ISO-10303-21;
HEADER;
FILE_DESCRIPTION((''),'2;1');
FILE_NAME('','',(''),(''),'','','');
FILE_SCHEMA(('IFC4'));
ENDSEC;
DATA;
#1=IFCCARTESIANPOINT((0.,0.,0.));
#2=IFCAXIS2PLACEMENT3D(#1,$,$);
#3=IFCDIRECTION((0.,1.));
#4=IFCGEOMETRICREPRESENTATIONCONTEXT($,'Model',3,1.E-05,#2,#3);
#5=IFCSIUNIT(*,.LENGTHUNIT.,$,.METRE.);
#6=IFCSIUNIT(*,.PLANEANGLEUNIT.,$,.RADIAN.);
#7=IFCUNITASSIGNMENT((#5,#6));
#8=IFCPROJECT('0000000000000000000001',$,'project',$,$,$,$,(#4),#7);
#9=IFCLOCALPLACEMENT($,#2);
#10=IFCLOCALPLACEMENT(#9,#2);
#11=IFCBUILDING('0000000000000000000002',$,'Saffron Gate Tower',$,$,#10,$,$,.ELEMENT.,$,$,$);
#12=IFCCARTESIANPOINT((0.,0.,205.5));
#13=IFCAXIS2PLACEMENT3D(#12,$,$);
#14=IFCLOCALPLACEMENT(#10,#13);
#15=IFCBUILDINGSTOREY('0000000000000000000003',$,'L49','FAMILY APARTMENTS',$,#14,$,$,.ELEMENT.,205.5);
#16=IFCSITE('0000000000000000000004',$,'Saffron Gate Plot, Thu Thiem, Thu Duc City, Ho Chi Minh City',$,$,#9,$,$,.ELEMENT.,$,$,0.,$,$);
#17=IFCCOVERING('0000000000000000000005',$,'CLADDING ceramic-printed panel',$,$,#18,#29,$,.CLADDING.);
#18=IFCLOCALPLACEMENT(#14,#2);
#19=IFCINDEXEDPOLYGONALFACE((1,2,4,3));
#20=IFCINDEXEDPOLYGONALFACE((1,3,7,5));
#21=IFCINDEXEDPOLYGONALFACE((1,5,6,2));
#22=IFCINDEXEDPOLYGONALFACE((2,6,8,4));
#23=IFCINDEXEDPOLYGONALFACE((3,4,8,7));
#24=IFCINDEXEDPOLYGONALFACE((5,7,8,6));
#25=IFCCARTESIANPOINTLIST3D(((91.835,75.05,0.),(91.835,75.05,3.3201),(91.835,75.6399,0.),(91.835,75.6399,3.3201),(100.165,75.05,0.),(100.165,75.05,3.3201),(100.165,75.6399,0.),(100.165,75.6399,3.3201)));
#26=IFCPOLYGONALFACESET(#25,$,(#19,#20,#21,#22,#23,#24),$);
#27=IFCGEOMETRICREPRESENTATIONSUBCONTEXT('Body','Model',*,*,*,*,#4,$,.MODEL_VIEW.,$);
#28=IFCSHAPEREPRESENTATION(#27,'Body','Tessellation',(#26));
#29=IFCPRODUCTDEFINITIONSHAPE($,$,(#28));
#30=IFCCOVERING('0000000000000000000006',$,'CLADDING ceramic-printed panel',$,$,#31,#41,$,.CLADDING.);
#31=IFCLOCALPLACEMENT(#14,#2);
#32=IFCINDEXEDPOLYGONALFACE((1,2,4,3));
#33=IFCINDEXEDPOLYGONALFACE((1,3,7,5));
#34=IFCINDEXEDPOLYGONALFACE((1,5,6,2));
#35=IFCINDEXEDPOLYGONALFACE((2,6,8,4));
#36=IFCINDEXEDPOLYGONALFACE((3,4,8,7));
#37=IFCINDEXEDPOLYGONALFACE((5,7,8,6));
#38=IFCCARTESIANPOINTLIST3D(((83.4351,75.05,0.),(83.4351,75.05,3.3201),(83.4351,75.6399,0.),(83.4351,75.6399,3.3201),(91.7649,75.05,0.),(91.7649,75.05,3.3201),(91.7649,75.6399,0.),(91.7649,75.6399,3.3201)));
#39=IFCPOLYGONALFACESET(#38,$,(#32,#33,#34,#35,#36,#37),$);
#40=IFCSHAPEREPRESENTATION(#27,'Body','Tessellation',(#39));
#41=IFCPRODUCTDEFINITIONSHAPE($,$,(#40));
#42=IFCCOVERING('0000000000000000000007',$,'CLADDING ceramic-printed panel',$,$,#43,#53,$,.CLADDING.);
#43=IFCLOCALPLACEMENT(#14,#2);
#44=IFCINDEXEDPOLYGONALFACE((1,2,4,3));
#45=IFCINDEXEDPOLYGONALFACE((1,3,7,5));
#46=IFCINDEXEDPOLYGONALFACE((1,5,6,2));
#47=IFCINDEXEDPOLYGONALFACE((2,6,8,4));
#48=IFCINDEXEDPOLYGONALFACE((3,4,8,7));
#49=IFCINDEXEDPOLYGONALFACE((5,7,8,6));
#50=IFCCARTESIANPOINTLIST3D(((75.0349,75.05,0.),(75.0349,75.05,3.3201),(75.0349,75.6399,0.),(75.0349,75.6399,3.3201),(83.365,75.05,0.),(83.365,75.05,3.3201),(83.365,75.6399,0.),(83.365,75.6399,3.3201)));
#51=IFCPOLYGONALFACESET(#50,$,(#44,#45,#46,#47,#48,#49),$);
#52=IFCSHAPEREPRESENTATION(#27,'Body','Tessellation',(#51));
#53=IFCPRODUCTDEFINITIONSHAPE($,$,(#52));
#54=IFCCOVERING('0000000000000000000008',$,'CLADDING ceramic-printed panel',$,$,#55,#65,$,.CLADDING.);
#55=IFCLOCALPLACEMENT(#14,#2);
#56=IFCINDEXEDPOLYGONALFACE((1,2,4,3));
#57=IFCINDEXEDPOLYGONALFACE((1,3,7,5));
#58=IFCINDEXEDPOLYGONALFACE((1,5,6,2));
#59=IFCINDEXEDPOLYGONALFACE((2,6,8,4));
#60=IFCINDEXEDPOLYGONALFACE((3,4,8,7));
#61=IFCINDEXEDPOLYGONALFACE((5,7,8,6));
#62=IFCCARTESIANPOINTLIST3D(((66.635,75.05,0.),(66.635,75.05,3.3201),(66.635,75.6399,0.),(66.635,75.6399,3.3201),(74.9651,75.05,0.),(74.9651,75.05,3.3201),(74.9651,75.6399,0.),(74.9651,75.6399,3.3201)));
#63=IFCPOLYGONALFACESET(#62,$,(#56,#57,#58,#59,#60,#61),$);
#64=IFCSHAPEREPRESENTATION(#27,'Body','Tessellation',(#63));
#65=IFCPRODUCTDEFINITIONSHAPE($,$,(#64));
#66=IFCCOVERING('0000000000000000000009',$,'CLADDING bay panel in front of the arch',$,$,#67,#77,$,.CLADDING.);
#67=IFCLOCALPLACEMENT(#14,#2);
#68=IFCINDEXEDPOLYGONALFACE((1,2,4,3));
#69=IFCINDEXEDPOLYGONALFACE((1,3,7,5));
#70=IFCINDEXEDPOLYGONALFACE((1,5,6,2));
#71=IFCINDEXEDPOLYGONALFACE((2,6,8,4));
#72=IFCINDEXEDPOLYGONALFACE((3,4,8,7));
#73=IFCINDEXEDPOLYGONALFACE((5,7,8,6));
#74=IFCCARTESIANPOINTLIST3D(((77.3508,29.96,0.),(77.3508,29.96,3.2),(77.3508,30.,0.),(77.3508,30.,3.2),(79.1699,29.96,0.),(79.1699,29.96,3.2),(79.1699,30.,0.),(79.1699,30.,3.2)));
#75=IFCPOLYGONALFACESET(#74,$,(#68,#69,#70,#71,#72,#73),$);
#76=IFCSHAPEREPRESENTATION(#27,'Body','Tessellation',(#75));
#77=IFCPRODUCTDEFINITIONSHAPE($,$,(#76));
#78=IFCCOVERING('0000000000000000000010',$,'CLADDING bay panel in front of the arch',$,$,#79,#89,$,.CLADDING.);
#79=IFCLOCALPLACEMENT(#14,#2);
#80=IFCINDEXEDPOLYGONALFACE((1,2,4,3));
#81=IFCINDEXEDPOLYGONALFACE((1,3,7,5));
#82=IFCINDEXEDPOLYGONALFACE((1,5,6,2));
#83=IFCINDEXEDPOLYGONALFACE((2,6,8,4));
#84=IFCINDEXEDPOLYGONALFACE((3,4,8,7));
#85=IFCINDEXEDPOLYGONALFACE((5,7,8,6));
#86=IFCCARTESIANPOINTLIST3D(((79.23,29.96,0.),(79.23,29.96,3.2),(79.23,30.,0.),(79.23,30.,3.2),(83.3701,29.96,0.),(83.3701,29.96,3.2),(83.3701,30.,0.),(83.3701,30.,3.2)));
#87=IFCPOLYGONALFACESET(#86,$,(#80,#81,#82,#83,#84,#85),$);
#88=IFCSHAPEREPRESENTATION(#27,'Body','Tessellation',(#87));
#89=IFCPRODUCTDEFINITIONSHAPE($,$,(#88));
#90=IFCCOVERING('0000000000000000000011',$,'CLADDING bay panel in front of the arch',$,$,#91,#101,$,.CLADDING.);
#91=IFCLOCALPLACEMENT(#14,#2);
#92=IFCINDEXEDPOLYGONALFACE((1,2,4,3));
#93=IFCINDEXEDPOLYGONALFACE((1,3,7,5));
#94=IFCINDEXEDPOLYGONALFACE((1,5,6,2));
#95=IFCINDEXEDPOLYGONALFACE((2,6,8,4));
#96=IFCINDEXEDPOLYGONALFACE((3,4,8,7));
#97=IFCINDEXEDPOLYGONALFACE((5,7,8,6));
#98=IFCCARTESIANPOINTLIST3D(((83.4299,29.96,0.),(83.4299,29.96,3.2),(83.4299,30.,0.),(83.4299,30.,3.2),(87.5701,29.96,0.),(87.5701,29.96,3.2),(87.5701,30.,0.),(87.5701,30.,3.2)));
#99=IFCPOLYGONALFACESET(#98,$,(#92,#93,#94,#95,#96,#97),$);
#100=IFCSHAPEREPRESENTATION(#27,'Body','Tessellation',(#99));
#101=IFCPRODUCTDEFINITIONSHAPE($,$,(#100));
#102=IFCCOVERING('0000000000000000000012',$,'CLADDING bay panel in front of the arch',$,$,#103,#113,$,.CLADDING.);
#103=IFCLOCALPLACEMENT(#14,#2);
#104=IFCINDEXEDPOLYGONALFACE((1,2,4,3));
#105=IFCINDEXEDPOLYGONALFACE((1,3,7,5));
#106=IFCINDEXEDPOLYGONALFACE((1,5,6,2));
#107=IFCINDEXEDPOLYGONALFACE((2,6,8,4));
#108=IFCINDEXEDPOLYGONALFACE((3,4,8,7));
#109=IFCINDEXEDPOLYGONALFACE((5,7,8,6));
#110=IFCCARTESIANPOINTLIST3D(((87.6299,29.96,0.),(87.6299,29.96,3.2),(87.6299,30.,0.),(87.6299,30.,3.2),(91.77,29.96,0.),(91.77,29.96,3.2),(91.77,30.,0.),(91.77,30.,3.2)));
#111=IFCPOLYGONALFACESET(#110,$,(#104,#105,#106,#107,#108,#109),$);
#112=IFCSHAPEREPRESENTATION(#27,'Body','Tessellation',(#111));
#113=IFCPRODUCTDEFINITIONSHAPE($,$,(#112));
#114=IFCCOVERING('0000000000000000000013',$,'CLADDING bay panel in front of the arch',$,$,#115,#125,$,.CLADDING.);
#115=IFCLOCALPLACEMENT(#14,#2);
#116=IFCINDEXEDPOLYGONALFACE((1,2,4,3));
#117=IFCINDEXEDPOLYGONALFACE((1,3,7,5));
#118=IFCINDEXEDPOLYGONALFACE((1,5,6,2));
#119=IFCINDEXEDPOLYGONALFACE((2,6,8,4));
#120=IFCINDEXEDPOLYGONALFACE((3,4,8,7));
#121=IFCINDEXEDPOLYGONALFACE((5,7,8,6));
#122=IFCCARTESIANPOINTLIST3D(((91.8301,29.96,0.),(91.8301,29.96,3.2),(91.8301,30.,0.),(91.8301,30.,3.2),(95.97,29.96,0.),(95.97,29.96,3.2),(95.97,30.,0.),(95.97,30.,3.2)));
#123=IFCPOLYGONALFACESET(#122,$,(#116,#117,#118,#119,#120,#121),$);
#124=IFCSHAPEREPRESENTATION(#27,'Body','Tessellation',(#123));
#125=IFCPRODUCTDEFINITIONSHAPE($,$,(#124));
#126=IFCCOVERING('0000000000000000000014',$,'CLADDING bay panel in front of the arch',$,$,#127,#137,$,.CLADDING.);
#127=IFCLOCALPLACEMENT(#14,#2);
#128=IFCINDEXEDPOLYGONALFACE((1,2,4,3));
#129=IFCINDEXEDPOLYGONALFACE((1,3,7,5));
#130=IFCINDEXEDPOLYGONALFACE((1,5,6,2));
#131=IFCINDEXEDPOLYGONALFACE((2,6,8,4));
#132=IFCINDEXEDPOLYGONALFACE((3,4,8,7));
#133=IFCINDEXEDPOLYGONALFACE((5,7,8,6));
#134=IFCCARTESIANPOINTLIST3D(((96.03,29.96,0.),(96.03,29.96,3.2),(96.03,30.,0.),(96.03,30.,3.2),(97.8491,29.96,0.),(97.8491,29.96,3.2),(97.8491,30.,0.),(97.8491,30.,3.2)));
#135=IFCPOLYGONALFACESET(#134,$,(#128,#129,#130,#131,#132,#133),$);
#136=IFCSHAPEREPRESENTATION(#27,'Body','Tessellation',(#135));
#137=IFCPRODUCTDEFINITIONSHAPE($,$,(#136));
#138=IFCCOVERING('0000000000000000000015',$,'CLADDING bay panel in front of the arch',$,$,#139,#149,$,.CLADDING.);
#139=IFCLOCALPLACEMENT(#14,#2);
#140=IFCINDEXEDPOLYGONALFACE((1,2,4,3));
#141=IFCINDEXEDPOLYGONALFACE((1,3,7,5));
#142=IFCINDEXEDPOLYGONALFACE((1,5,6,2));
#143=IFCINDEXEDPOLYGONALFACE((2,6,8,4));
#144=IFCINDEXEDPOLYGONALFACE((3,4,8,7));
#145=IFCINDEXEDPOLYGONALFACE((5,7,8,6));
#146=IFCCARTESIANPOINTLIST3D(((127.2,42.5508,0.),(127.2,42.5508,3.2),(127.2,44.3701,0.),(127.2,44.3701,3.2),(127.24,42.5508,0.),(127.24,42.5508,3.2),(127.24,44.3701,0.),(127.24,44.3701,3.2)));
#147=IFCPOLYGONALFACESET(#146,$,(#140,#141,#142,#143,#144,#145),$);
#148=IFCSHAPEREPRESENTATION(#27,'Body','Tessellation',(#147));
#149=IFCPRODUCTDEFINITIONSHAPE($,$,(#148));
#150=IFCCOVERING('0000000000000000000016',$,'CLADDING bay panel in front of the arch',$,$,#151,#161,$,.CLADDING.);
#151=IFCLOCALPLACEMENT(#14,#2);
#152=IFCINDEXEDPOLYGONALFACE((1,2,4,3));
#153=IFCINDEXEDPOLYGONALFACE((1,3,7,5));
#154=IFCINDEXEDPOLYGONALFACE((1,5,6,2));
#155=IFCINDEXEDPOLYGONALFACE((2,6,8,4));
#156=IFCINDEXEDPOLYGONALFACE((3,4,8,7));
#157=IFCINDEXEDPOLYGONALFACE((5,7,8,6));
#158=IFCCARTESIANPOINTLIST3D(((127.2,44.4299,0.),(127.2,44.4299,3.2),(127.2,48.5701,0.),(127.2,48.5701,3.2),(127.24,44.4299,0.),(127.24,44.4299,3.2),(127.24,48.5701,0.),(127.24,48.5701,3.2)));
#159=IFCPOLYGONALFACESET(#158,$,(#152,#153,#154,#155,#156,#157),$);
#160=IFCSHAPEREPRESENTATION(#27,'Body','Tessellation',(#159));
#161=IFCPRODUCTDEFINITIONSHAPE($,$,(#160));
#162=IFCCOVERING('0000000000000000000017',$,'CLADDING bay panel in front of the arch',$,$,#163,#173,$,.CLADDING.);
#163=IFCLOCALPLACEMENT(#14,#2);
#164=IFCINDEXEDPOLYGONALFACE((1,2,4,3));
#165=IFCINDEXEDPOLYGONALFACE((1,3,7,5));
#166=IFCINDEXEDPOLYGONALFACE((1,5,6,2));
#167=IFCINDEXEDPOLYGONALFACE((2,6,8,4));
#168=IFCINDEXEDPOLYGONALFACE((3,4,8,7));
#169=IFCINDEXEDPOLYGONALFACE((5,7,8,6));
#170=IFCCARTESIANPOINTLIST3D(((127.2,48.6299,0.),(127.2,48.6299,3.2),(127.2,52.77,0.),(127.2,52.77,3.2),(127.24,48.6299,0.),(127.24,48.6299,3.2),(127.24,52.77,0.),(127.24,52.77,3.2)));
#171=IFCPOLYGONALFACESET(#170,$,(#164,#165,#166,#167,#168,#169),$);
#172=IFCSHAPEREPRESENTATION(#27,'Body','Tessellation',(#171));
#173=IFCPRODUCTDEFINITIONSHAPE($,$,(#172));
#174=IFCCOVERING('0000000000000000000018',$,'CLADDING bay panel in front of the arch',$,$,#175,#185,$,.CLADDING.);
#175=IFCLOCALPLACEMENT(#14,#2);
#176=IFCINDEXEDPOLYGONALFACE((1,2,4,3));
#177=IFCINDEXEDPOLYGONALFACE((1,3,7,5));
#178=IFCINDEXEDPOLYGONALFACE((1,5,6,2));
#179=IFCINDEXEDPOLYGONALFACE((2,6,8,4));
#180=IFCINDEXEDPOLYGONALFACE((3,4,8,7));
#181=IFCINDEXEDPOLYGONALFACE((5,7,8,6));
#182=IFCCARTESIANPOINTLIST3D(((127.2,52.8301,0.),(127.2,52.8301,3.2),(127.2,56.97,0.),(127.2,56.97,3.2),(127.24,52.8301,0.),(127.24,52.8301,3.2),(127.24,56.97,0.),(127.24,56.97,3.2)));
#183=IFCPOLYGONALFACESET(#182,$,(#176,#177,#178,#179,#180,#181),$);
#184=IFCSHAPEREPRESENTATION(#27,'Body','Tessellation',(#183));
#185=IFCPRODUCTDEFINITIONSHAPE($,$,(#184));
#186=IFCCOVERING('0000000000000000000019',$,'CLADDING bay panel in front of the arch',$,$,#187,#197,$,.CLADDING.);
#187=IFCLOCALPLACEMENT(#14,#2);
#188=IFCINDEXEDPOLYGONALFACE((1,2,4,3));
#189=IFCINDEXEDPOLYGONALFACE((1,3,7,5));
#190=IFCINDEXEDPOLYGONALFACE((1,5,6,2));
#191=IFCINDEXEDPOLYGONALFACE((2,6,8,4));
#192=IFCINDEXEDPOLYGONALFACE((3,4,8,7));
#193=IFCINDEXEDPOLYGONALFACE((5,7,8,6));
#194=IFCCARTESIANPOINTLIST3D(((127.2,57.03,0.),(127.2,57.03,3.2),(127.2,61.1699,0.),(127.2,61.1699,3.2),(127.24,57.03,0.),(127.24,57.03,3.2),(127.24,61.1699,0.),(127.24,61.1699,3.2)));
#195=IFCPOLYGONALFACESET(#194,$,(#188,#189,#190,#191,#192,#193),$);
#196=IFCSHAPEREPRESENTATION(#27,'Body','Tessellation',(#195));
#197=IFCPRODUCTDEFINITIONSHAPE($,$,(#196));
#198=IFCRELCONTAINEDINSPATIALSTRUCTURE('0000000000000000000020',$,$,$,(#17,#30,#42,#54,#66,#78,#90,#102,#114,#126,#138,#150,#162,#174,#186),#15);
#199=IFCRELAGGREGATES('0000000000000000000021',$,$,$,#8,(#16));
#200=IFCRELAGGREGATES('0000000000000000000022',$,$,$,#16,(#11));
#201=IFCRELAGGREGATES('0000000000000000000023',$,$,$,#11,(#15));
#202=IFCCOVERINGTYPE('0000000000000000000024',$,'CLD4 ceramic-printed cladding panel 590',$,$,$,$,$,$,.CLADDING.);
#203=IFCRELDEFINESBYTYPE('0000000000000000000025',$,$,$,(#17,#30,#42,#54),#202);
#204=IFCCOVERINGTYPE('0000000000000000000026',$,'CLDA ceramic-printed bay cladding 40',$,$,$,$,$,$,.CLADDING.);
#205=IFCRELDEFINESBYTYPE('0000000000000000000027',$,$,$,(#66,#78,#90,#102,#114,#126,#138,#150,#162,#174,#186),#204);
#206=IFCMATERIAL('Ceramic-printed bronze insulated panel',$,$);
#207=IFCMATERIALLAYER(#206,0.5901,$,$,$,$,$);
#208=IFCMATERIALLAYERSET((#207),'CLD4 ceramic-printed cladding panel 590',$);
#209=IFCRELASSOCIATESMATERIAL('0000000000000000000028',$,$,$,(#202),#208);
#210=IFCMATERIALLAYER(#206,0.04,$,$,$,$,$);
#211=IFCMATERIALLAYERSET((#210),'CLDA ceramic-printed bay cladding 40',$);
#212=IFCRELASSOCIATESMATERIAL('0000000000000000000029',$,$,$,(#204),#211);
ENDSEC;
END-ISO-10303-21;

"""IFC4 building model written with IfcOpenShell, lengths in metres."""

from ifc_helpers import new_model, si_unit, direction, frame, origin, place, context, subcontext, project, spatial, polyline, outline, extrude, material, layer, layer_set, type_object, element, save


model = new_model("IFC4")

# Units and contexts
model_context = context("Model", 3, precision=1e-05, world=origin(), true_north=direction((0.0, 1.0)))
body_context = subcontext(model_context, "Body", "Model", "MODEL_VIEW")
ifc_project = project(units=[si_unit("LENGTHUNIT", "METRE"), si_unit("PLANEANGLEUNIT", "RADIAN")], contexts=[model_context])

# Site, building, storey
site_placement = place(None, origin())
site = spatial("IfcSite", under=ifc_project, at=site_placement, Name="Saffron Gate Plot, Thu Thiem, Thu Duc City, Ho Chi Minh City", CompositionType="ELEMENT", RefElevation=0.0)
building_placement = place(site_placement, origin())
building = spatial("IfcBuilding", under=site, at=building_placement, Name="Saffron Gate Tower", CompositionType="ELEMENT")
storey_placement = place(building_placement, frame((0.0, 0.0, 205.5)))
storey = spatial("IfcBuildingStorey", under=building, at=storey_placement, Name="L49", Description="FAMILY APARTMENTS", CompositionType="ELEMENT", Elevation=205.5)

# Coverings
ifc_material_1 = material(Name="Ceramic-printed bronze insulated panel")
ifc_layer_1 = layer(ifc_material_1, 0.5901)
ifc_layer_set_1 = layer_set([ifc_layer_1], Name="CLD4 ceramic-printed cladding panel 590")
covering_type_1 = type_object("IfcCoveringType", Name="CLD4 ceramic-printed cladding panel 590", PredefinedType="CLADDING", material=ifc_layer_set_1)
covering_1_placement = place(storey_placement, origin())
element("IfcCovering", 1, at=covering_1_placement, inside=storey, type_object=covering_type_1, Name="CLADDING ceramic-printed panel", PredefinedType="CLADDING", context=body_context, shape_type="SweptSolid", body=[
    extrude(outline(polyline([(100.165, 75.6399), (91.835, 75.6399), (91.835, 75.05), (100.165, 75.05), (100.165, 75.6399)])), origin(), (0.0, 0.0, 1.0), 3.3201),
])
covering_2_placement = place(storey_placement, origin())
element("IfcCovering", 2, at=covering_2_placement, inside=storey, type_object=covering_type_1, Name="CLADDING ceramic-printed panel", PredefinedType="CLADDING", context=body_context, shape_type="SweptSolid", body=[
    extrude(outline(polyline([(91.7649, 75.6399), (83.4351, 75.6399), (83.4351, 75.05), (91.7649, 75.05), (91.7649, 75.6399)])), origin(), (0.0, 0.0, 1.0), 3.3201),
])
covering_3_placement = place(storey_placement, origin())
element("IfcCovering", 3, at=covering_3_placement, inside=storey, type_object=covering_type_1, Name="CLADDING ceramic-printed panel", PredefinedType="CLADDING", context=body_context, shape_type="SweptSolid", body=[
    extrude(outline(polyline([(83.365, 75.6399), (75.0349, 75.6399), (75.0349, 75.05), (83.365, 75.05), (83.365, 75.6399)])), origin(), (0.0, 0.0, 1.0), 3.3201),
])
covering_4_placement = place(storey_placement, origin())
element("IfcCovering", 4, at=covering_4_placement, inside=storey, type_object=covering_type_1, Name="CLADDING ceramic-printed panel", PredefinedType="CLADDING", context=body_context, shape_type="SweptSolid", body=[
    extrude(outline(polyline([(74.9651, 75.6399), (66.635, 75.6399), (66.635, 75.05), (74.9651, 75.05), (74.9651, 75.6399)])), origin(), (0.0, 0.0, 1.0), 3.3201),
])
ifc_layer_2 = layer(ifc_material_1, 0.04)
ifc_layer_set_2 = layer_set([ifc_layer_2], Name="CLDA ceramic-printed bay cladding 40")
covering_type_2 = type_object("IfcCoveringType", Name="CLDA ceramic-printed bay cladding 40", PredefinedType="CLADDING", material=ifc_layer_set_2)
covering_5_placement = place(storey_placement, origin())
element("IfcCovering", 5, at=covering_5_placement, inside=storey, type_object=covering_type_2, Name="CLADDING bay panel in front of the arch", PredefinedType="CLADDING", context=body_context, shape_type="SweptSolid", body=[
    extrude(outline(polyline([(77.3508, 29.96), (79.1699, 29.96), (79.1699, 30.0), (77.3508, 30.0), (77.3508, 29.96)])), origin(), (0.0, 0.0, 1.0), 3.2),
])
covering_6_placement = place(storey_placement, origin())
element("IfcCovering", 6, at=covering_6_placement, inside=storey, type_object=covering_type_2, Name="CLADDING bay panel in front of the arch", PredefinedType="CLADDING", context=body_context, shape_type="SweptSolid", body=[
    extrude(outline(polyline([(79.23, 29.96), (83.3701, 29.96), (83.3701, 30.0), (79.23, 30.0), (79.23, 29.96)])), origin(), (0.0, 0.0, 1.0), 3.2),
])
covering_7_placement = place(storey_placement, origin())
element("IfcCovering", 7, at=covering_7_placement, inside=storey, type_object=covering_type_2, Name="CLADDING bay panel in front of the arch", PredefinedType="CLADDING", context=body_context, shape_type="SweptSolid", body=[
    extrude(outline(polyline([(83.4299, 29.96), (87.5701, 29.96), (87.5701, 30.0), (83.4299, 30.0), (83.4299, 29.96)])), origin(), (0.0, 0.0, 1.0), 3.2),
])
covering_8_placement = place(storey_placement, origin())
element("IfcCovering", 8, at=covering_8_placement, inside=storey, type_object=covering_type_2, Name="CLADDING bay panel in front of the arch", PredefinedType="CLADDING", context=body_context, shape_type="SweptSolid", body=[
    extrude(outline(polyline([(87.6299, 29.96), (91.77, 29.96), (91.77, 30.0), (87.6299, 30.0), (87.6299, 29.96)])), origin(), (0.0, 0.0, 1.0), 3.2),
])
covering_9_placement = place(storey_placement, origin())
element("IfcCovering", 9, at=covering_9_placement, inside=storey, type_object=covering_type_2, Name="CLADDING bay panel in front of the arch", PredefinedType="CLADDING", context=body_context, shape_type="SweptSolid", body=[
    extrude(outline(polyline([(91.8301, 29.96), (95.97, 29.96), (95.97, 30.0), (91.8301, 30.0), (91.8301, 29.96)])), origin(), (0.0, 0.0, 1.0), 3.2),
])
covering_10_placement = place(storey_placement, origin())
element("IfcCovering", 10, at=covering_10_placement, inside=storey, type_object=covering_type_2, Name="CLADDING bay panel in front of the arch", PredefinedType="CLADDING", context=body_context, shape_type="SweptSolid", body=[
    extrude(outline(polyline([(96.03, 29.96), (97.8491, 29.96), (97.8491, 30.0), (96.03, 30.0), (96.03, 29.96)])), origin(), (0.0, 0.0, 1.0), 3.2),
])
covering_11_placement = place(storey_placement, origin())
element("IfcCovering", 11, at=covering_11_placement, inside=storey, type_object=covering_type_2, Name="CLADDING bay panel in front of the arch", PredefinedType="CLADDING", context=body_context, shape_type="SweptSolid", body=[
    extrude(outline(polyline([(127.24, 42.5508), (127.24, 44.3701), (127.2, 44.3701), (127.2, 42.5508), (127.24, 42.5508)])), origin(), (0.0, 0.0, 1.0), 3.2),
])
covering_12_placement = place(storey_placement, origin())
element("IfcCovering", 12, at=covering_12_placement, inside=storey, type_object=covering_type_2, Name="CLADDING bay panel in front of the arch", PredefinedType="CLADDING", context=body_context, shape_type="SweptSolid", body=[
    extrude(outline(polyline([(127.24, 44.4299), (127.24, 48.5701), (127.2, 48.5701), (127.2, 44.4299), (127.24, 44.4299)])), origin(), (0.0, 0.0, 1.0), 3.2),
])
covering_13_placement = place(storey_placement, origin())
element("IfcCovering", 13, at=covering_13_placement, inside=storey, type_object=covering_type_2, Name="CLADDING bay panel in front of the arch", PredefinedType="CLADDING", context=body_context, shape_type="SweptSolid", body=[
    extrude(outline(polyline([(127.24, 48.6299), (127.24, 52.77), (127.2, 52.77), (127.2, 48.6299), (127.24, 48.6299)])), origin(), (0.0, 0.0, 1.0), 3.2),
])
covering_14_placement = place(storey_placement, origin())
element("IfcCovering", 14, at=covering_14_placement, inside=storey, type_object=covering_type_2, Name="CLADDING bay panel in front of the arch", PredefinedType="CLADDING", context=body_context, shape_type="SweptSolid", body=[
    extrude(outline(polyline([(127.24, 52.8301), (127.24, 56.97), (127.2, 56.97), (127.2, 52.8301), (127.24, 52.8301)])), origin(), (0.0, 0.0, 1.0), 3.2),
])
covering_15_placement = place(storey_placement, origin())
element("IfcCovering", 15, at=covering_15_placement, inside=storey, type_object=covering_type_2, Name="CLADDING bay panel in front of the arch", PredefinedType="CLADDING", context=body_context, shape_type="SweptSolid", body=[
    extrude(outline(polyline([(127.24, 57.03), (127.24, 61.1699), (127.2, 61.1699), (127.2, 57.03), (127.24, 57.03)])), origin(), (0.0, 0.0, 1.0), 3.2),
])

save(model, "model.ifc")
